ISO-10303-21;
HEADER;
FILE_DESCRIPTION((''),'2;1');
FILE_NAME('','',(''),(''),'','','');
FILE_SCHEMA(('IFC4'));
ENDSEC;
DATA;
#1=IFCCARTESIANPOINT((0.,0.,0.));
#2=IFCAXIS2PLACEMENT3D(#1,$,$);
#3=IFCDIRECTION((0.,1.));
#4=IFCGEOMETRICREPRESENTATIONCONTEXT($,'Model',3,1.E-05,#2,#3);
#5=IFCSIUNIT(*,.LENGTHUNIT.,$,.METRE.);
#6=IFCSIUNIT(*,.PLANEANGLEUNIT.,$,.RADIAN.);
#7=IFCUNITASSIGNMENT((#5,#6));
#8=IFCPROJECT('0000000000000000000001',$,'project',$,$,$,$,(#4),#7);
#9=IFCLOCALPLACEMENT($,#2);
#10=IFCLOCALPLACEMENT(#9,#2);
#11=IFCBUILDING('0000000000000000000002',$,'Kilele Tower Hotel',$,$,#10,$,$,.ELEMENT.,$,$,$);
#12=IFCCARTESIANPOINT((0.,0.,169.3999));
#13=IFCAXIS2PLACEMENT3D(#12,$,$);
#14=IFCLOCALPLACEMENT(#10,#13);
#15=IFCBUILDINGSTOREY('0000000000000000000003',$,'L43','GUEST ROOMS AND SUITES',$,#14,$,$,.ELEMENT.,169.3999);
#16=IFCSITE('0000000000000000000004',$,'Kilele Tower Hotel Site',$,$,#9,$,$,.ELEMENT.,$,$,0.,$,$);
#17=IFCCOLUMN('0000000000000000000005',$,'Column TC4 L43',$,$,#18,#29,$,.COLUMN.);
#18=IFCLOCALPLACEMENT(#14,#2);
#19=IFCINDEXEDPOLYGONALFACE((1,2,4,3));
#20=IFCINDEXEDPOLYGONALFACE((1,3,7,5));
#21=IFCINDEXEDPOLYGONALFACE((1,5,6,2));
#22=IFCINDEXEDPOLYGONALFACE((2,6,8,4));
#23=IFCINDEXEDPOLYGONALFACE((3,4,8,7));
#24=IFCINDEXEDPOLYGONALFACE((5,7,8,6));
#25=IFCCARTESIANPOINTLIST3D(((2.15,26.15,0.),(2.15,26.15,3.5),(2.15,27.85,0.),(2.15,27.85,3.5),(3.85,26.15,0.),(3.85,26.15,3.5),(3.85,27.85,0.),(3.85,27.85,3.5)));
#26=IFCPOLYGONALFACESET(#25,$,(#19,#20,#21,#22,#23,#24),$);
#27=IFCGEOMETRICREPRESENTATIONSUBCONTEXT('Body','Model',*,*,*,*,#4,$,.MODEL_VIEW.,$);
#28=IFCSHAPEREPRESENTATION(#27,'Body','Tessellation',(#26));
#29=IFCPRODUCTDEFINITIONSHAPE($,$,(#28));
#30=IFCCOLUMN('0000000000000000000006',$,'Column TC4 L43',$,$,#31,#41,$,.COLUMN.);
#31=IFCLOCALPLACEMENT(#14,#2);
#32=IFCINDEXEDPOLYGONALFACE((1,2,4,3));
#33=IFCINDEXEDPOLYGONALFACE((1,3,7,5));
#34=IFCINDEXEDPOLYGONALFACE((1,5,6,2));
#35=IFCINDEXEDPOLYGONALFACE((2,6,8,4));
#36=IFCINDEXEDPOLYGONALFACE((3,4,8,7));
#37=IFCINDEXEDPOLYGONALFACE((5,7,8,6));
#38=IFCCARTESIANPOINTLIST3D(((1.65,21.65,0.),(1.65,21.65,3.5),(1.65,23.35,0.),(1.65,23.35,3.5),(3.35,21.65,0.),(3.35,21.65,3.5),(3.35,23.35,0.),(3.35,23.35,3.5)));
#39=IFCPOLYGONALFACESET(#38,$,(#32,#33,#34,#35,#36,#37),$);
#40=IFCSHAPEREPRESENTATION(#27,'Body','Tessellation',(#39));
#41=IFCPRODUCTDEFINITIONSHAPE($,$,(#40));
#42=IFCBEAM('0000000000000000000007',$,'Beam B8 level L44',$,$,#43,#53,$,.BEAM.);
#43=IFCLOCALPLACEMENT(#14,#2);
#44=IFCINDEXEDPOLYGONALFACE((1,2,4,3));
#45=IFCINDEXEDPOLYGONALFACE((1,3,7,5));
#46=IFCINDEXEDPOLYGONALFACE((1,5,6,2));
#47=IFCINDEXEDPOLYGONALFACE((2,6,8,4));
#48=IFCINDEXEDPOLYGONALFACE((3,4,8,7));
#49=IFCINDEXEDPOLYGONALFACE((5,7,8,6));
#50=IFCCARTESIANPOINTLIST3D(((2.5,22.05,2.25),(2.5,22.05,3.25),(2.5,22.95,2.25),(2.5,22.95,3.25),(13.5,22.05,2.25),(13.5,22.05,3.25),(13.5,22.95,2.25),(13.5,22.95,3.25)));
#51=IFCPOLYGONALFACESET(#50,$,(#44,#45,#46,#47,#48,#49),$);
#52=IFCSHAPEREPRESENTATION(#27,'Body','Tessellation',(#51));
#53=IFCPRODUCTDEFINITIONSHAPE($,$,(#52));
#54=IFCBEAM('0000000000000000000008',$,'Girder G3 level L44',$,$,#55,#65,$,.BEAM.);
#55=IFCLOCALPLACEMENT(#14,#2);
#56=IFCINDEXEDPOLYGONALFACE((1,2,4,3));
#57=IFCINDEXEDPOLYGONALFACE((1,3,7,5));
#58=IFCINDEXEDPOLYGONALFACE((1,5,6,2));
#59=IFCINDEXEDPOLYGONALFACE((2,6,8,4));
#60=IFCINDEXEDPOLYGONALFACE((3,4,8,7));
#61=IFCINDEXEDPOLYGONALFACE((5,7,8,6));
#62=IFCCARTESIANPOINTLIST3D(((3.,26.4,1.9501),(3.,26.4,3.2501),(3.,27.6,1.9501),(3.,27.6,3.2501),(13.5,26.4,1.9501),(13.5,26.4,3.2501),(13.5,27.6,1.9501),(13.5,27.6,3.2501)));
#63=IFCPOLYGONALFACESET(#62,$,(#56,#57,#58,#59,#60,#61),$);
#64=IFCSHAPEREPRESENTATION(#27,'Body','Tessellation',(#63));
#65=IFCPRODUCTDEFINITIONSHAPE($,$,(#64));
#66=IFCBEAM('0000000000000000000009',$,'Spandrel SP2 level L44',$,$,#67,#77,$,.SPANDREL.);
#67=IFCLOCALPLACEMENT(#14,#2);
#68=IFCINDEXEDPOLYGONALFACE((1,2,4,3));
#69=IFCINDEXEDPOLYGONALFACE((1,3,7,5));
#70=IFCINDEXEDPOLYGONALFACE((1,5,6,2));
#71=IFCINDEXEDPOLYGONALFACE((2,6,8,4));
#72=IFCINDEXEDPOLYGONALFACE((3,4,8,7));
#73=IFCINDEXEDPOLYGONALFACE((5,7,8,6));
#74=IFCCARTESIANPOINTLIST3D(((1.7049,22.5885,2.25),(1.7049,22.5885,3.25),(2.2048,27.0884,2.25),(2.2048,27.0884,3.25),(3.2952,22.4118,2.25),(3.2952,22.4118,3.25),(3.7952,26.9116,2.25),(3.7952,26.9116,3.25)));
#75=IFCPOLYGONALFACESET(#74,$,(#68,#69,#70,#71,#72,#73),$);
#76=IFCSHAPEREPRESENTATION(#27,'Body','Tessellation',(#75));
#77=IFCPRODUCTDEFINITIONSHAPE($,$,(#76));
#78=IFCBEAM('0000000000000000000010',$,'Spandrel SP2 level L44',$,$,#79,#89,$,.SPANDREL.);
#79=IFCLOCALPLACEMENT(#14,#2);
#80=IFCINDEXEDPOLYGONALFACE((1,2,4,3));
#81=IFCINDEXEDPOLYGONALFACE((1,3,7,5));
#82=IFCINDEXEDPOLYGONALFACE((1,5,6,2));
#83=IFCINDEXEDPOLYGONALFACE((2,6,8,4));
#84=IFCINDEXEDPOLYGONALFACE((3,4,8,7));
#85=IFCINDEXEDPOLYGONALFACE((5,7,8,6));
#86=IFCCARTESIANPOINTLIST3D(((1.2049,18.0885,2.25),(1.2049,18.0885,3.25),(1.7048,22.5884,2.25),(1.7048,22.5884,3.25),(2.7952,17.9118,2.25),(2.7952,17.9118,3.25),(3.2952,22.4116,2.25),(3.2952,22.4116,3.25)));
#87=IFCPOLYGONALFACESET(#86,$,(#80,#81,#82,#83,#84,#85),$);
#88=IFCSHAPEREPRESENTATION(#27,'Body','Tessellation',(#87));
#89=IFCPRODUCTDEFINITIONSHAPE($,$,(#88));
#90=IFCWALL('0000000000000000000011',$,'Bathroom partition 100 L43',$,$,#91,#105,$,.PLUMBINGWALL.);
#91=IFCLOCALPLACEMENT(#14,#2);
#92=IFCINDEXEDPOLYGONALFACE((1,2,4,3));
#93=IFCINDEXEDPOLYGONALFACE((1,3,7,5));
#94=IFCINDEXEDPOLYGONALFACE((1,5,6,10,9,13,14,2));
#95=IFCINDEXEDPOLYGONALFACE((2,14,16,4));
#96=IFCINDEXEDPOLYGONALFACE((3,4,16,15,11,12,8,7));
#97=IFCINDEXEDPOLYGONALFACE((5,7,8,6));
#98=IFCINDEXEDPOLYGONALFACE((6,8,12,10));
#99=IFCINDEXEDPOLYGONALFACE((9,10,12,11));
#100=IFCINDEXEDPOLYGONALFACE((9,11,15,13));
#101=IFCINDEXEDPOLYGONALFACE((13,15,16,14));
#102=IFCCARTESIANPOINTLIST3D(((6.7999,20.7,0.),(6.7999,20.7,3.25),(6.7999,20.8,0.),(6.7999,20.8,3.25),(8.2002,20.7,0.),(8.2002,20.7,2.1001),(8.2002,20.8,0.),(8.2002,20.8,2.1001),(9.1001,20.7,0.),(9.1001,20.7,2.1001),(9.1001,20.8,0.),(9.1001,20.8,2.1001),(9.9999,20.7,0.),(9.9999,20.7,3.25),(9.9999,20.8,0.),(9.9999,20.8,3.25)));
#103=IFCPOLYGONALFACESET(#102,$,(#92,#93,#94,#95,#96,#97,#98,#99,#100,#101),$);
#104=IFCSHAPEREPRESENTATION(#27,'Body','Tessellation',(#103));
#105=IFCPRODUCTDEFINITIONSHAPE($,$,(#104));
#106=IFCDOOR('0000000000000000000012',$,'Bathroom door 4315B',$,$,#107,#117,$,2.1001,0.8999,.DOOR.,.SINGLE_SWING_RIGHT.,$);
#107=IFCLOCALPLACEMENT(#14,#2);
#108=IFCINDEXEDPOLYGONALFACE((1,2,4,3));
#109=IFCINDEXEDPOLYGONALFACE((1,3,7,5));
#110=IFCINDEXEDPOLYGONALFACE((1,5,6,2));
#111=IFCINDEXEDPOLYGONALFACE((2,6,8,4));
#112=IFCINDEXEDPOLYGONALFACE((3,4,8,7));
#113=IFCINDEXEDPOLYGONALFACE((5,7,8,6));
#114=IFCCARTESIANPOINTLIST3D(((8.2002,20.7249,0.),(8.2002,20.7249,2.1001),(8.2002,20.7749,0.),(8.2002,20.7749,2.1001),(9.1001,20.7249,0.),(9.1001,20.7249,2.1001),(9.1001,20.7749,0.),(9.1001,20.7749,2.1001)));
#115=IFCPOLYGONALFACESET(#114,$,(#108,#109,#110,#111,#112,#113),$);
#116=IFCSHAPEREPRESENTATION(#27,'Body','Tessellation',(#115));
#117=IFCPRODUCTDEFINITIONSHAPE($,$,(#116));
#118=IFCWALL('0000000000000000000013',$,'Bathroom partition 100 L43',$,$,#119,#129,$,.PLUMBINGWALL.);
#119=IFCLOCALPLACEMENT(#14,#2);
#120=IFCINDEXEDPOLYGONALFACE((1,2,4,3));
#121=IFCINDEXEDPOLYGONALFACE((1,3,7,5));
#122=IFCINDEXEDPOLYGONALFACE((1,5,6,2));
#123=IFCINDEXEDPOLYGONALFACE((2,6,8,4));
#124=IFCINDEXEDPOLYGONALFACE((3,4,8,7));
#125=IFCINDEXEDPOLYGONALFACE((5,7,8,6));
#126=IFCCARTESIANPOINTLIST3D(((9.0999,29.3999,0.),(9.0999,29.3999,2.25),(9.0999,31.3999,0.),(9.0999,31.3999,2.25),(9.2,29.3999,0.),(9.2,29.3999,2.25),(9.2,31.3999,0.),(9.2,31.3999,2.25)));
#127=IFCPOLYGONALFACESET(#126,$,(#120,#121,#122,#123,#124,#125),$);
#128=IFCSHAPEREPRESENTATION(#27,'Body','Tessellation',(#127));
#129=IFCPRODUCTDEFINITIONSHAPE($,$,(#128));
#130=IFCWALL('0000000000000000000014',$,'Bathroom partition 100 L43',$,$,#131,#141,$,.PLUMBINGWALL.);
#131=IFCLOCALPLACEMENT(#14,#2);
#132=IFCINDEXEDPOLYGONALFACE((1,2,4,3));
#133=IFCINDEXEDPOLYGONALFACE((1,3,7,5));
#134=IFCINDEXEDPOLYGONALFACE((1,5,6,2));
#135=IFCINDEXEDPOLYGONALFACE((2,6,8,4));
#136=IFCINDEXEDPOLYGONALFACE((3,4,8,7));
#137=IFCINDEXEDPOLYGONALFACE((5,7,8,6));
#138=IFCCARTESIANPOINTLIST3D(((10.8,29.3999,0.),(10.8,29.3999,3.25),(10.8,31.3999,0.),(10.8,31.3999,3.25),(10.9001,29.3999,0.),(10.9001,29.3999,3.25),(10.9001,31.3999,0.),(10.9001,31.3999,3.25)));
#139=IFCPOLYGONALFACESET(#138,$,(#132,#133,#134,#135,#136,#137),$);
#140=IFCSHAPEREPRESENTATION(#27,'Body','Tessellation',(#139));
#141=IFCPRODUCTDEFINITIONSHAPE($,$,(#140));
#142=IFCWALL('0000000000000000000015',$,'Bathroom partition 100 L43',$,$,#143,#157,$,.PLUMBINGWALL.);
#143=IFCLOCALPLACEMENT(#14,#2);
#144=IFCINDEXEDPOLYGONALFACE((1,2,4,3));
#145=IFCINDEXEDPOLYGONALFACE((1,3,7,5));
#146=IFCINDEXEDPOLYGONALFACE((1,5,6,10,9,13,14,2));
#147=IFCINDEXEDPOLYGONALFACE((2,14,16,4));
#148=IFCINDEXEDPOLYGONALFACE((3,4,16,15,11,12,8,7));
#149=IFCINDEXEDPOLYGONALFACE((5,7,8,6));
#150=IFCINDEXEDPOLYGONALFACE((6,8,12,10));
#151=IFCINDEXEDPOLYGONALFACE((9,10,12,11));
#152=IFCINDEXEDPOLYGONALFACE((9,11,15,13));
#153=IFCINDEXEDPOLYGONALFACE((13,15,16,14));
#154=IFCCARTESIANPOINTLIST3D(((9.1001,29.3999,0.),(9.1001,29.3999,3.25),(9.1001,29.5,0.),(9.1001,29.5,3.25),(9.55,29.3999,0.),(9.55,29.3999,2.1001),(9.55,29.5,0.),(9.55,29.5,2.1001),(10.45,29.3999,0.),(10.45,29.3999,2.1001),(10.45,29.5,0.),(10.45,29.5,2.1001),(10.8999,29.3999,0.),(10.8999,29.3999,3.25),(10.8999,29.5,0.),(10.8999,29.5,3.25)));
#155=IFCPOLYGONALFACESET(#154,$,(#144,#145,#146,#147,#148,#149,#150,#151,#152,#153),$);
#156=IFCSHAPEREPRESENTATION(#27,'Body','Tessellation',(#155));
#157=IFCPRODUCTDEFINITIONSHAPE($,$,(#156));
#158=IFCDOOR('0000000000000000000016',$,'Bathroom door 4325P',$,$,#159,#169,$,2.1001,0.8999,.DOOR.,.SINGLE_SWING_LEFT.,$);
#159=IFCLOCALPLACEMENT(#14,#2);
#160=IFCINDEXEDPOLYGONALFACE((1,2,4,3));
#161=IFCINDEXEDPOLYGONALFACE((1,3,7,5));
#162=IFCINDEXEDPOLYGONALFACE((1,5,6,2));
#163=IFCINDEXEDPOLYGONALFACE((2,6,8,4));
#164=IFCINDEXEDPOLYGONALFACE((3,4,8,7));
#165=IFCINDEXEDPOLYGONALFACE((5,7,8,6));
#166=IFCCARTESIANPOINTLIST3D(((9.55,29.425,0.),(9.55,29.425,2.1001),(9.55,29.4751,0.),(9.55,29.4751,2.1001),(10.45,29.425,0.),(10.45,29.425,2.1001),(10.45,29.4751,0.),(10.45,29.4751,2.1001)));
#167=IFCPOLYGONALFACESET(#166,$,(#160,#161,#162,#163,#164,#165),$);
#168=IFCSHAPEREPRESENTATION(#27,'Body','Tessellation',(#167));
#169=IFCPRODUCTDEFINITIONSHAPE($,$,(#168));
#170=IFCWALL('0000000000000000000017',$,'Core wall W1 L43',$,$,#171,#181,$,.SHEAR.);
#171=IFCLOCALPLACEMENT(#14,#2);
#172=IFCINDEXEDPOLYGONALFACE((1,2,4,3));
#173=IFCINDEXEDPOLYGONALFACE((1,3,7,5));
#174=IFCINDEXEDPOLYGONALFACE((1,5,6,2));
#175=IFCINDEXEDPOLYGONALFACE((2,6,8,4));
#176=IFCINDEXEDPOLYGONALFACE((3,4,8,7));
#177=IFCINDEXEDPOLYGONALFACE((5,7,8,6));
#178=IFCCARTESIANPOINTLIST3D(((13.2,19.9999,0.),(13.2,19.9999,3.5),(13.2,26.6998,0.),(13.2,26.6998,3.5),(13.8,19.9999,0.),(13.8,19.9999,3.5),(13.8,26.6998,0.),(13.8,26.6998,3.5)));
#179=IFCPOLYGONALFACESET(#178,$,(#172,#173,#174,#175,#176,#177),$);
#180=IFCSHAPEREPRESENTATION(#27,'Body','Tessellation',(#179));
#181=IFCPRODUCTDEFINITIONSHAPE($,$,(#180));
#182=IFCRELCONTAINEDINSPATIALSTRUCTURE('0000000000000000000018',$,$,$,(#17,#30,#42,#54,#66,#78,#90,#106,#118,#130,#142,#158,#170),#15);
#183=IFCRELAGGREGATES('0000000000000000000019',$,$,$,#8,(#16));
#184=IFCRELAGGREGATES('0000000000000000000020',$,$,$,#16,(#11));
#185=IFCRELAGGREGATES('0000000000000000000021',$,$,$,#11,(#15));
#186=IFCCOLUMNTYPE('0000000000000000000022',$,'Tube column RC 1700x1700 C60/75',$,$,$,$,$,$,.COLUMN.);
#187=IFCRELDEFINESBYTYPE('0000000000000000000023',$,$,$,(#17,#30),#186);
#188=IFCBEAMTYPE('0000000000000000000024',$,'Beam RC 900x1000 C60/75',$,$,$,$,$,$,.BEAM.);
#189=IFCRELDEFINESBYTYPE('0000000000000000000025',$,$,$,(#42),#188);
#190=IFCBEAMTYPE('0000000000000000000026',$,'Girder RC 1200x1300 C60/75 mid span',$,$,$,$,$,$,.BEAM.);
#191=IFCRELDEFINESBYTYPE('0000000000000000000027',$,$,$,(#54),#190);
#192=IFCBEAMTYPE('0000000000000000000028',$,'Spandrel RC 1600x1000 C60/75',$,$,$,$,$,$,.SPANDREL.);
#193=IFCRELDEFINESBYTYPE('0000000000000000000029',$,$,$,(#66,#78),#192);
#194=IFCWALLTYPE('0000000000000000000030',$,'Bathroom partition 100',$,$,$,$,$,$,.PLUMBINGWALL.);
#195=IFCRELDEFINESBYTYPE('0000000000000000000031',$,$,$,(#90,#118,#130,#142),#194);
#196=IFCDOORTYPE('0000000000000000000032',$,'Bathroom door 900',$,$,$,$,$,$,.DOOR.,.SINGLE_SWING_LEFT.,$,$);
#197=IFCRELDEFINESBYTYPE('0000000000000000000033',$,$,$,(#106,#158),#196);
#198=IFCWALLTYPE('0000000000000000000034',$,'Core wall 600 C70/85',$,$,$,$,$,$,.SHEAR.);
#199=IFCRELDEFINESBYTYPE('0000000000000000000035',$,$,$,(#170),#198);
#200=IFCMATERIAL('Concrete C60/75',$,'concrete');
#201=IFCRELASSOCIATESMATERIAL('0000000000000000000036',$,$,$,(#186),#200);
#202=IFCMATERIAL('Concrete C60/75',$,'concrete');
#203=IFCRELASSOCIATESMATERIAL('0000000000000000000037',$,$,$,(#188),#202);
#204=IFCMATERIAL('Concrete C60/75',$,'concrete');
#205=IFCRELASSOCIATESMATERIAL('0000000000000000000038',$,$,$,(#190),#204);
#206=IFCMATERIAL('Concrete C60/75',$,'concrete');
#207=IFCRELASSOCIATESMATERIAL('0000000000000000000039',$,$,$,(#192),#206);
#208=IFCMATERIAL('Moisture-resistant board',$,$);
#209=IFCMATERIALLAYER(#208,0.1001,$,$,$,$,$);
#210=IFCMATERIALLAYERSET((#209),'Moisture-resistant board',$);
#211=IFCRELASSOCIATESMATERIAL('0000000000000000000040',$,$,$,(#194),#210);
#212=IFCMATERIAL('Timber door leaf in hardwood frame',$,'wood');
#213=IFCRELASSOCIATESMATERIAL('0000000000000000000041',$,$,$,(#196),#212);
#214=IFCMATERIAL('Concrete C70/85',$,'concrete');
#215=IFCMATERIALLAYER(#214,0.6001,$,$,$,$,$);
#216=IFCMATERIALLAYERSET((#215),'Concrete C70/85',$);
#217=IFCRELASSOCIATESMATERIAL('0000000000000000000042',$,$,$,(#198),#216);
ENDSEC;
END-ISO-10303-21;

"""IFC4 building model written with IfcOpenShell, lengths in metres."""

from ifc_helpers import new_model, si_unit, direction, frame, frame_2d, origin, origin_2d, place, context, subcontext, project, spatial, rectangle, extrude, material, layer, layer_set, material_profile, profile_set, type_object, element, fill, save


model = new_model("IFC4")

# Units and contexts
model_context = context("Model", 3, precision=1e-05, world=origin(), true_north=direction((0.0, 1.0)))
body_context = subcontext(model_context, "Body", "Model", "MODEL_VIEW")
ifc_project = project(units=[si_unit("LENGTHUNIT", "METRE"), si_unit("PLANEANGLEUNIT", "RADIAN")], contexts=[model_context])

# Site, building, storey
site_placement = place(None, origin())
site = spatial("IfcSite", under=ifc_project, at=site_placement, Name="Kilele Tower Hotel Site", CompositionType="ELEMENT", RefElevation=0.0)
building_placement = place(site_placement, origin())
building = spatial("IfcBuilding", under=site, at=building_placement, Name="Kilele Tower Hotel", CompositionType="ELEMENT")
storey_placement = place(building_placement, frame((0.0, 0.0, 169.3999)))
storey = spatial("IfcBuildingStorey", under=building, at=storey_placement, Name="L43", Description="GUEST ROOMS AND SUITES", CompositionType="ELEMENT", Elevation=169.3999)

# Columns
ifc_material_1 = material(Name="Concrete C60/75", Category="concrete")
ifc_material_profile_1 = material_profile(ifc_material_1, rectangle(XDim=1.7, YDim=1.7, at=origin_2d()))
ifc_profile_set_1 = profile_set([ifc_material_profile_1], Name="Concrete C60/75")
column_type = type_object("IfcColumnType", Name="Tube column RC 1700x1700 C60/75", PredefinedType="COLUMN", material=ifc_profile_set_1)
for number, where, z_axis, x_axis, name in (
    (1, (3.0, 27.0, 0.0), (0.0, 0.0, 1.0), (1.0, 0.0, 0.0), "Column TC4 L43"),
    (2, (2.5, 22.5, 0.0), (0.0, 0.0, 1.0), (1.0, 0.0, 0.0), "Column TC4 L43"),
):
    element("IfcColumn", number, at=place(storey_placement, frame(where, z_axis=z_axis, x_axis=x_axis)), inside=storey, type_object=column_type, Name=name, PredefinedType="COLUMN", context=body_context, shape_type="SweptSolid", body=[
        extrude(rectangle(XDim=1.7, YDim=1.7, at=origin_2d()), origin(), (0.0, 0.0, 1.0), 3.5),
    ])

# Beams
ifc_material_2 = material(Name="Concrete C60/75", Category="concrete")
ifc_material_profile_2 = material_profile(ifc_material_2, rectangle(XDim=0.8999, YDim=1.0, at=origin_2d()))
ifc_profile_set_2 = profile_set([ifc_material_profile_2], Name="Concrete C60/75")
beam_type_1 = type_object("IfcBeamType", Name="Beam RC 900x1000 C60/75", PredefinedType="BEAM", material=ifc_profile_set_2)
beam_1_placement = place(storey_placement, frame((2.5, 22.5, 2.75), z_axis=(1.0, 0.0, 0.0), x_axis=(0.0, 1.0, 0.0)))
element("IfcBeam", 3, at=beam_1_placement, inside=storey, type_object=beam_type_1, Name="Beam B8 level L44", PredefinedType="BEAM", context=body_context, shape_type="SweptSolid", body=[
    extrude(rectangle(XDim=0.8999, YDim=1.0, at=origin_2d()), origin(), (0.0, 0.0, 1.0), 11.0),
])
ifc_material_3 = material(Name="Concrete C60/75", Category="concrete")
ifc_material_profile_3 = material_profile(ifc_material_3, rectangle(XDim=1.2, YDim=1.3, at=origin_2d()))
ifc_profile_set_3 = profile_set([ifc_material_profile_3], Name="Concrete C60/75")
beam_type_2 = type_object("IfcBeamType", Name="Girder RC 1200x1300 C60/75 mid span", PredefinedType="BEAM", material=ifc_profile_set_3)
beam_2_placement = place(storey_placement, frame((3.0, 27.0, 2.6001), z_axis=(1.0, 0.0, 0.0), x_axis=(0.0, 1.0, 0.0)))
element("IfcBeam", 4, at=beam_2_placement, inside=storey, type_object=beam_type_2, Name="Girder G3 level L44", PredefinedType="BEAM", context=body_context, shape_type="SweptSolid", body=[
    extrude(rectangle(XDim=1.2, YDim=1.3, at=origin_2d()), origin(), (0.0, 0.0, 1.0), 10.5),
])
ifc_material_4 = material(Name="Concrete C60/75", Category="concrete")
ifc_material_profile_4 = material_profile(ifc_material_4, rectangle(XDim=1.6001, YDim=1.0, at=origin_2d()))
ifc_profile_set_4 = profile_set([ifc_material_profile_4], Name="Concrete C60/75")
beam_type_3 = type_object("IfcBeamType", Name="Spandrel RC 1600x1000 C60/75", PredefinedType="SPANDREL", material=ifc_profile_set_4)
for number, where, z_axis, x_axis, name in (
    (5, (3.0, 27.0, 2.75), (-0.110432, -0.993884, 0.0), (0.993884, -0.110432, 0.0), "Spandrel SP2 level L44"),
    (6, (2.5, 22.5, 2.75), (-0.110432, -0.993884, 0.0), (0.993884, -0.110432, 0.0), "Spandrel SP2 level L44"),
):
    element("IfcBeam", number, at=place(storey_placement, frame(where, z_axis=z_axis, x_axis=x_axis)), inside=storey, type_object=beam_type_3, Name=name, PredefinedType="SPANDREL", context=body_context, shape_type="SweptSolid", body=[
        extrude(rectangle(XDim=1.6001, YDim=1.0, at=origin_2d()), origin(), (0.0, 0.0, 1.0), 4.5276),
    ])

# Wall, opening, door
ifc_material_5 = material(Name="Moisture-resistant board")
ifc_layer_1 = layer(ifc_material_5, 0.1001)
ifc_layer_set_1 = layer_set([ifc_layer_1], Name="Moisture-resistant board")
wall_type_1 = type_object("IfcWallType", Name="Bathroom partition 100", PredefinedType="PLUMBINGWALL", material=ifc_layer_set_1)
wall_1_placement = place(storey_placement, frame((10.0, 20.75, 0.0), z_axis=(0.0, 0.0, 1.0), x_axis=(-1.0, 0.0, 0.0)))
wall_1 = element("IfcWall", 7, at=wall_1_placement, inside=storey, type_object=wall_type_1, Name="Bathroom partition 100 L43", PredefinedType="PLUMBINGWALL", context=body_context, shape_type="SweptSolid", body=[
    extrude(rectangle(XDim=3.2, YDim=0.1001, at=frame_2d((1.6001, 0.0))), origin(), (0.0, 0.0, 1.0), 3.25),
])
opening_1_placement = place(wall_1_placement, frame((1.7998, 0.0, 0.0), z_axis=(0.0, 0.0, 1.0), x_axis=(-1.0, 0.0, 0.0)))
opening_1 = element("IfcOpeningElement", 8, at=opening_1_placement, cuts=wall_1, PredefinedType="OPENING", context=body_context, shape_type="SweptSolid", body=[
    extrude(rectangle(XDim=0.8999, YDim=2.1001, at=frame_2d((0.45, 1.05))), frame((0.0, 0.0601, 0.0), z_axis=(0.0, -1.0, 0.0), x_axis=(1.0, 0.0, 0.0)), (0.0, 0.0, 1.0), 0.1201),
])
ifc_material_6 = material(Name="Timber door leaf in hardwood frame", Category="wood")
door_type_1 = type_object("IfcDoorType", Name="Bathroom door 900", OperationType="SINGLE_SWING_LEFT", PredefinedType="DOOR", material=ifc_material_6)
door_1_placement = place(opening_1_placement, origin())
door_1 = element("IfcDoor", 9, at=door_1_placement, inside=storey, type_object=door_type_1, Name="Bathroom door 4315B", OperationType="SINGLE_SWING_RIGHT", OverallHeight=2.1001, OverallWidth=0.8999, PredefinedType="DOOR", context=body_context, shape_type="SweptSolid", body=[
    extrude(rectangle(XDim=0.8999, YDim=2.1001, at=frame_2d((0.45, 1.05))), frame((0.0, 0.0249, 0.0), z_axis=(0.0, -1.0, 0.0), x_axis=(1.0, 0.0, 0.0)), (0.0, 0.0, 1.0), 0.05),
])
fill(opening_1, door_1)

# Walls
wall_2_placement = place(storey_placement, frame((9.1499, 31.3999, 0.0), z_axis=(0.0, 0.0, 1.0), x_axis=(0.0, -1.0, 0.0)))
element("IfcWall", 10, at=wall_2_placement, inside=storey, type_object=wall_type_1, Name="Bathroom partition 100 L43", PredefinedType="PLUMBINGWALL", context=body_context, shape_type="SweptSolid", body=[
    extrude(rectangle(XDim=2.0, YDim=0.1001, at=frame_2d((1.0, 0.0))), origin(), (0.0, 0.0, 1.0), 2.25),
])
wall_3_placement = place(storey_placement, frame((10.8501, 31.3999, 0.0), z_axis=(0.0, 0.0, 1.0), x_axis=(0.0, -1.0, 0.0)))
element("IfcWall", 11, at=wall_3_placement, inside=storey, type_object=wall_type_1, Name="Bathroom partition 100 L43", PredefinedType="PLUMBINGWALL", context=body_context, shape_type="SweptSolid", body=[
    extrude(rectangle(XDim=2.0, YDim=0.1001, at=frame_2d((1.0, 0.0))), origin(), (0.0, 0.0, 1.0), 3.25),
])

# Wall, opening, door
wall_4_placement = place(storey_placement, frame((10.8999, 29.45, 0.0), z_axis=(0.0, 0.0, 1.0), x_axis=(-1.0, 0.0, 0.0)))
wall_4 = element("IfcWall", 12, at=wall_4_placement, inside=storey, type_object=wall_type_1, Name="Bathroom partition 100 L43", PredefinedType="PLUMBINGWALL", context=body_context, shape_type="SweptSolid", body=[
    extrude(rectangle(XDim=1.7998, YDim=0.1001, at=frame_2d((0.8999, 0.0))), origin(), (0.0, 0.0, 1.0), 3.25),
])
opening_2_placement = place(wall_4_placement, frame((0.45, 0.0, 0.0)))
opening_2 = element("IfcOpeningElement", 13, at=opening_2_placement, cuts=wall_4, PredefinedType="OPENING", context=body_context, shape_type="SweptSolid", body=[
    extrude(rectangle(XDim=0.8999, YDim=2.1001, at=frame_2d((0.45, 1.05))), frame((0.0, 0.0601, 0.0), z_axis=(0.0, -1.0, 0.0), x_axis=(1.0, 0.0, 0.0)), (0.0, 0.0, 1.0), 0.1201),
])
door_2_placement = place(opening_2_placement, origin())
door_2 = element("IfcDoor", 14, at=door_2_placement, inside=storey, type_object=door_type_1, Name="Bathroom door 4325P", OperationType="SINGLE_SWING_LEFT", OverallHeight=2.1001, OverallWidth=0.8999, PredefinedType="DOOR", context=body_context, shape_type="SweptSolid", body=[
    extrude(rectangle(XDim=0.8999, YDim=2.1001, at=frame_2d((0.45, 1.05))), frame((0.0, 0.0249, 0.0), z_axis=(0.0, -1.0, 0.0), x_axis=(1.0, 0.0, 0.0)), (0.0, 0.0, 1.0), 0.05),
])
fill(opening_2, door_2)

# Wall
ifc_material_7 = material(Name="Concrete C70/85", Category="concrete")
ifc_layer_2 = layer(ifc_material_7, 0.6001)
ifc_layer_set_2 = layer_set([ifc_layer_2], Name="Concrete C70/85")
wall_type_2 = type_object("IfcWallType", Name="Core wall 600 C70/85", PredefinedType="SHEAR", material=ifc_layer_set_2)
wall_5_placement = place(storey_placement, frame((13.5, 26.7, 0.0), z_axis=(0.0, 0.0, 1.0), x_axis=(0.0, -1.0, 0.0)))
element("IfcWall", 15, at=wall_5_placement, inside=storey, type_object=wall_type_2, Name="Core wall W1 L43", PredefinedType="SHEAR", context=body_context, shape_type="SweptSolid", body=[
    extrude(rectangle(XDim=6.7, YDim=0.6001, at=frame_2d((3.3501, 0.0))), origin(), (0.0, 0.0, 1.0), 3.5),
])

save(model, "model.ifc")
